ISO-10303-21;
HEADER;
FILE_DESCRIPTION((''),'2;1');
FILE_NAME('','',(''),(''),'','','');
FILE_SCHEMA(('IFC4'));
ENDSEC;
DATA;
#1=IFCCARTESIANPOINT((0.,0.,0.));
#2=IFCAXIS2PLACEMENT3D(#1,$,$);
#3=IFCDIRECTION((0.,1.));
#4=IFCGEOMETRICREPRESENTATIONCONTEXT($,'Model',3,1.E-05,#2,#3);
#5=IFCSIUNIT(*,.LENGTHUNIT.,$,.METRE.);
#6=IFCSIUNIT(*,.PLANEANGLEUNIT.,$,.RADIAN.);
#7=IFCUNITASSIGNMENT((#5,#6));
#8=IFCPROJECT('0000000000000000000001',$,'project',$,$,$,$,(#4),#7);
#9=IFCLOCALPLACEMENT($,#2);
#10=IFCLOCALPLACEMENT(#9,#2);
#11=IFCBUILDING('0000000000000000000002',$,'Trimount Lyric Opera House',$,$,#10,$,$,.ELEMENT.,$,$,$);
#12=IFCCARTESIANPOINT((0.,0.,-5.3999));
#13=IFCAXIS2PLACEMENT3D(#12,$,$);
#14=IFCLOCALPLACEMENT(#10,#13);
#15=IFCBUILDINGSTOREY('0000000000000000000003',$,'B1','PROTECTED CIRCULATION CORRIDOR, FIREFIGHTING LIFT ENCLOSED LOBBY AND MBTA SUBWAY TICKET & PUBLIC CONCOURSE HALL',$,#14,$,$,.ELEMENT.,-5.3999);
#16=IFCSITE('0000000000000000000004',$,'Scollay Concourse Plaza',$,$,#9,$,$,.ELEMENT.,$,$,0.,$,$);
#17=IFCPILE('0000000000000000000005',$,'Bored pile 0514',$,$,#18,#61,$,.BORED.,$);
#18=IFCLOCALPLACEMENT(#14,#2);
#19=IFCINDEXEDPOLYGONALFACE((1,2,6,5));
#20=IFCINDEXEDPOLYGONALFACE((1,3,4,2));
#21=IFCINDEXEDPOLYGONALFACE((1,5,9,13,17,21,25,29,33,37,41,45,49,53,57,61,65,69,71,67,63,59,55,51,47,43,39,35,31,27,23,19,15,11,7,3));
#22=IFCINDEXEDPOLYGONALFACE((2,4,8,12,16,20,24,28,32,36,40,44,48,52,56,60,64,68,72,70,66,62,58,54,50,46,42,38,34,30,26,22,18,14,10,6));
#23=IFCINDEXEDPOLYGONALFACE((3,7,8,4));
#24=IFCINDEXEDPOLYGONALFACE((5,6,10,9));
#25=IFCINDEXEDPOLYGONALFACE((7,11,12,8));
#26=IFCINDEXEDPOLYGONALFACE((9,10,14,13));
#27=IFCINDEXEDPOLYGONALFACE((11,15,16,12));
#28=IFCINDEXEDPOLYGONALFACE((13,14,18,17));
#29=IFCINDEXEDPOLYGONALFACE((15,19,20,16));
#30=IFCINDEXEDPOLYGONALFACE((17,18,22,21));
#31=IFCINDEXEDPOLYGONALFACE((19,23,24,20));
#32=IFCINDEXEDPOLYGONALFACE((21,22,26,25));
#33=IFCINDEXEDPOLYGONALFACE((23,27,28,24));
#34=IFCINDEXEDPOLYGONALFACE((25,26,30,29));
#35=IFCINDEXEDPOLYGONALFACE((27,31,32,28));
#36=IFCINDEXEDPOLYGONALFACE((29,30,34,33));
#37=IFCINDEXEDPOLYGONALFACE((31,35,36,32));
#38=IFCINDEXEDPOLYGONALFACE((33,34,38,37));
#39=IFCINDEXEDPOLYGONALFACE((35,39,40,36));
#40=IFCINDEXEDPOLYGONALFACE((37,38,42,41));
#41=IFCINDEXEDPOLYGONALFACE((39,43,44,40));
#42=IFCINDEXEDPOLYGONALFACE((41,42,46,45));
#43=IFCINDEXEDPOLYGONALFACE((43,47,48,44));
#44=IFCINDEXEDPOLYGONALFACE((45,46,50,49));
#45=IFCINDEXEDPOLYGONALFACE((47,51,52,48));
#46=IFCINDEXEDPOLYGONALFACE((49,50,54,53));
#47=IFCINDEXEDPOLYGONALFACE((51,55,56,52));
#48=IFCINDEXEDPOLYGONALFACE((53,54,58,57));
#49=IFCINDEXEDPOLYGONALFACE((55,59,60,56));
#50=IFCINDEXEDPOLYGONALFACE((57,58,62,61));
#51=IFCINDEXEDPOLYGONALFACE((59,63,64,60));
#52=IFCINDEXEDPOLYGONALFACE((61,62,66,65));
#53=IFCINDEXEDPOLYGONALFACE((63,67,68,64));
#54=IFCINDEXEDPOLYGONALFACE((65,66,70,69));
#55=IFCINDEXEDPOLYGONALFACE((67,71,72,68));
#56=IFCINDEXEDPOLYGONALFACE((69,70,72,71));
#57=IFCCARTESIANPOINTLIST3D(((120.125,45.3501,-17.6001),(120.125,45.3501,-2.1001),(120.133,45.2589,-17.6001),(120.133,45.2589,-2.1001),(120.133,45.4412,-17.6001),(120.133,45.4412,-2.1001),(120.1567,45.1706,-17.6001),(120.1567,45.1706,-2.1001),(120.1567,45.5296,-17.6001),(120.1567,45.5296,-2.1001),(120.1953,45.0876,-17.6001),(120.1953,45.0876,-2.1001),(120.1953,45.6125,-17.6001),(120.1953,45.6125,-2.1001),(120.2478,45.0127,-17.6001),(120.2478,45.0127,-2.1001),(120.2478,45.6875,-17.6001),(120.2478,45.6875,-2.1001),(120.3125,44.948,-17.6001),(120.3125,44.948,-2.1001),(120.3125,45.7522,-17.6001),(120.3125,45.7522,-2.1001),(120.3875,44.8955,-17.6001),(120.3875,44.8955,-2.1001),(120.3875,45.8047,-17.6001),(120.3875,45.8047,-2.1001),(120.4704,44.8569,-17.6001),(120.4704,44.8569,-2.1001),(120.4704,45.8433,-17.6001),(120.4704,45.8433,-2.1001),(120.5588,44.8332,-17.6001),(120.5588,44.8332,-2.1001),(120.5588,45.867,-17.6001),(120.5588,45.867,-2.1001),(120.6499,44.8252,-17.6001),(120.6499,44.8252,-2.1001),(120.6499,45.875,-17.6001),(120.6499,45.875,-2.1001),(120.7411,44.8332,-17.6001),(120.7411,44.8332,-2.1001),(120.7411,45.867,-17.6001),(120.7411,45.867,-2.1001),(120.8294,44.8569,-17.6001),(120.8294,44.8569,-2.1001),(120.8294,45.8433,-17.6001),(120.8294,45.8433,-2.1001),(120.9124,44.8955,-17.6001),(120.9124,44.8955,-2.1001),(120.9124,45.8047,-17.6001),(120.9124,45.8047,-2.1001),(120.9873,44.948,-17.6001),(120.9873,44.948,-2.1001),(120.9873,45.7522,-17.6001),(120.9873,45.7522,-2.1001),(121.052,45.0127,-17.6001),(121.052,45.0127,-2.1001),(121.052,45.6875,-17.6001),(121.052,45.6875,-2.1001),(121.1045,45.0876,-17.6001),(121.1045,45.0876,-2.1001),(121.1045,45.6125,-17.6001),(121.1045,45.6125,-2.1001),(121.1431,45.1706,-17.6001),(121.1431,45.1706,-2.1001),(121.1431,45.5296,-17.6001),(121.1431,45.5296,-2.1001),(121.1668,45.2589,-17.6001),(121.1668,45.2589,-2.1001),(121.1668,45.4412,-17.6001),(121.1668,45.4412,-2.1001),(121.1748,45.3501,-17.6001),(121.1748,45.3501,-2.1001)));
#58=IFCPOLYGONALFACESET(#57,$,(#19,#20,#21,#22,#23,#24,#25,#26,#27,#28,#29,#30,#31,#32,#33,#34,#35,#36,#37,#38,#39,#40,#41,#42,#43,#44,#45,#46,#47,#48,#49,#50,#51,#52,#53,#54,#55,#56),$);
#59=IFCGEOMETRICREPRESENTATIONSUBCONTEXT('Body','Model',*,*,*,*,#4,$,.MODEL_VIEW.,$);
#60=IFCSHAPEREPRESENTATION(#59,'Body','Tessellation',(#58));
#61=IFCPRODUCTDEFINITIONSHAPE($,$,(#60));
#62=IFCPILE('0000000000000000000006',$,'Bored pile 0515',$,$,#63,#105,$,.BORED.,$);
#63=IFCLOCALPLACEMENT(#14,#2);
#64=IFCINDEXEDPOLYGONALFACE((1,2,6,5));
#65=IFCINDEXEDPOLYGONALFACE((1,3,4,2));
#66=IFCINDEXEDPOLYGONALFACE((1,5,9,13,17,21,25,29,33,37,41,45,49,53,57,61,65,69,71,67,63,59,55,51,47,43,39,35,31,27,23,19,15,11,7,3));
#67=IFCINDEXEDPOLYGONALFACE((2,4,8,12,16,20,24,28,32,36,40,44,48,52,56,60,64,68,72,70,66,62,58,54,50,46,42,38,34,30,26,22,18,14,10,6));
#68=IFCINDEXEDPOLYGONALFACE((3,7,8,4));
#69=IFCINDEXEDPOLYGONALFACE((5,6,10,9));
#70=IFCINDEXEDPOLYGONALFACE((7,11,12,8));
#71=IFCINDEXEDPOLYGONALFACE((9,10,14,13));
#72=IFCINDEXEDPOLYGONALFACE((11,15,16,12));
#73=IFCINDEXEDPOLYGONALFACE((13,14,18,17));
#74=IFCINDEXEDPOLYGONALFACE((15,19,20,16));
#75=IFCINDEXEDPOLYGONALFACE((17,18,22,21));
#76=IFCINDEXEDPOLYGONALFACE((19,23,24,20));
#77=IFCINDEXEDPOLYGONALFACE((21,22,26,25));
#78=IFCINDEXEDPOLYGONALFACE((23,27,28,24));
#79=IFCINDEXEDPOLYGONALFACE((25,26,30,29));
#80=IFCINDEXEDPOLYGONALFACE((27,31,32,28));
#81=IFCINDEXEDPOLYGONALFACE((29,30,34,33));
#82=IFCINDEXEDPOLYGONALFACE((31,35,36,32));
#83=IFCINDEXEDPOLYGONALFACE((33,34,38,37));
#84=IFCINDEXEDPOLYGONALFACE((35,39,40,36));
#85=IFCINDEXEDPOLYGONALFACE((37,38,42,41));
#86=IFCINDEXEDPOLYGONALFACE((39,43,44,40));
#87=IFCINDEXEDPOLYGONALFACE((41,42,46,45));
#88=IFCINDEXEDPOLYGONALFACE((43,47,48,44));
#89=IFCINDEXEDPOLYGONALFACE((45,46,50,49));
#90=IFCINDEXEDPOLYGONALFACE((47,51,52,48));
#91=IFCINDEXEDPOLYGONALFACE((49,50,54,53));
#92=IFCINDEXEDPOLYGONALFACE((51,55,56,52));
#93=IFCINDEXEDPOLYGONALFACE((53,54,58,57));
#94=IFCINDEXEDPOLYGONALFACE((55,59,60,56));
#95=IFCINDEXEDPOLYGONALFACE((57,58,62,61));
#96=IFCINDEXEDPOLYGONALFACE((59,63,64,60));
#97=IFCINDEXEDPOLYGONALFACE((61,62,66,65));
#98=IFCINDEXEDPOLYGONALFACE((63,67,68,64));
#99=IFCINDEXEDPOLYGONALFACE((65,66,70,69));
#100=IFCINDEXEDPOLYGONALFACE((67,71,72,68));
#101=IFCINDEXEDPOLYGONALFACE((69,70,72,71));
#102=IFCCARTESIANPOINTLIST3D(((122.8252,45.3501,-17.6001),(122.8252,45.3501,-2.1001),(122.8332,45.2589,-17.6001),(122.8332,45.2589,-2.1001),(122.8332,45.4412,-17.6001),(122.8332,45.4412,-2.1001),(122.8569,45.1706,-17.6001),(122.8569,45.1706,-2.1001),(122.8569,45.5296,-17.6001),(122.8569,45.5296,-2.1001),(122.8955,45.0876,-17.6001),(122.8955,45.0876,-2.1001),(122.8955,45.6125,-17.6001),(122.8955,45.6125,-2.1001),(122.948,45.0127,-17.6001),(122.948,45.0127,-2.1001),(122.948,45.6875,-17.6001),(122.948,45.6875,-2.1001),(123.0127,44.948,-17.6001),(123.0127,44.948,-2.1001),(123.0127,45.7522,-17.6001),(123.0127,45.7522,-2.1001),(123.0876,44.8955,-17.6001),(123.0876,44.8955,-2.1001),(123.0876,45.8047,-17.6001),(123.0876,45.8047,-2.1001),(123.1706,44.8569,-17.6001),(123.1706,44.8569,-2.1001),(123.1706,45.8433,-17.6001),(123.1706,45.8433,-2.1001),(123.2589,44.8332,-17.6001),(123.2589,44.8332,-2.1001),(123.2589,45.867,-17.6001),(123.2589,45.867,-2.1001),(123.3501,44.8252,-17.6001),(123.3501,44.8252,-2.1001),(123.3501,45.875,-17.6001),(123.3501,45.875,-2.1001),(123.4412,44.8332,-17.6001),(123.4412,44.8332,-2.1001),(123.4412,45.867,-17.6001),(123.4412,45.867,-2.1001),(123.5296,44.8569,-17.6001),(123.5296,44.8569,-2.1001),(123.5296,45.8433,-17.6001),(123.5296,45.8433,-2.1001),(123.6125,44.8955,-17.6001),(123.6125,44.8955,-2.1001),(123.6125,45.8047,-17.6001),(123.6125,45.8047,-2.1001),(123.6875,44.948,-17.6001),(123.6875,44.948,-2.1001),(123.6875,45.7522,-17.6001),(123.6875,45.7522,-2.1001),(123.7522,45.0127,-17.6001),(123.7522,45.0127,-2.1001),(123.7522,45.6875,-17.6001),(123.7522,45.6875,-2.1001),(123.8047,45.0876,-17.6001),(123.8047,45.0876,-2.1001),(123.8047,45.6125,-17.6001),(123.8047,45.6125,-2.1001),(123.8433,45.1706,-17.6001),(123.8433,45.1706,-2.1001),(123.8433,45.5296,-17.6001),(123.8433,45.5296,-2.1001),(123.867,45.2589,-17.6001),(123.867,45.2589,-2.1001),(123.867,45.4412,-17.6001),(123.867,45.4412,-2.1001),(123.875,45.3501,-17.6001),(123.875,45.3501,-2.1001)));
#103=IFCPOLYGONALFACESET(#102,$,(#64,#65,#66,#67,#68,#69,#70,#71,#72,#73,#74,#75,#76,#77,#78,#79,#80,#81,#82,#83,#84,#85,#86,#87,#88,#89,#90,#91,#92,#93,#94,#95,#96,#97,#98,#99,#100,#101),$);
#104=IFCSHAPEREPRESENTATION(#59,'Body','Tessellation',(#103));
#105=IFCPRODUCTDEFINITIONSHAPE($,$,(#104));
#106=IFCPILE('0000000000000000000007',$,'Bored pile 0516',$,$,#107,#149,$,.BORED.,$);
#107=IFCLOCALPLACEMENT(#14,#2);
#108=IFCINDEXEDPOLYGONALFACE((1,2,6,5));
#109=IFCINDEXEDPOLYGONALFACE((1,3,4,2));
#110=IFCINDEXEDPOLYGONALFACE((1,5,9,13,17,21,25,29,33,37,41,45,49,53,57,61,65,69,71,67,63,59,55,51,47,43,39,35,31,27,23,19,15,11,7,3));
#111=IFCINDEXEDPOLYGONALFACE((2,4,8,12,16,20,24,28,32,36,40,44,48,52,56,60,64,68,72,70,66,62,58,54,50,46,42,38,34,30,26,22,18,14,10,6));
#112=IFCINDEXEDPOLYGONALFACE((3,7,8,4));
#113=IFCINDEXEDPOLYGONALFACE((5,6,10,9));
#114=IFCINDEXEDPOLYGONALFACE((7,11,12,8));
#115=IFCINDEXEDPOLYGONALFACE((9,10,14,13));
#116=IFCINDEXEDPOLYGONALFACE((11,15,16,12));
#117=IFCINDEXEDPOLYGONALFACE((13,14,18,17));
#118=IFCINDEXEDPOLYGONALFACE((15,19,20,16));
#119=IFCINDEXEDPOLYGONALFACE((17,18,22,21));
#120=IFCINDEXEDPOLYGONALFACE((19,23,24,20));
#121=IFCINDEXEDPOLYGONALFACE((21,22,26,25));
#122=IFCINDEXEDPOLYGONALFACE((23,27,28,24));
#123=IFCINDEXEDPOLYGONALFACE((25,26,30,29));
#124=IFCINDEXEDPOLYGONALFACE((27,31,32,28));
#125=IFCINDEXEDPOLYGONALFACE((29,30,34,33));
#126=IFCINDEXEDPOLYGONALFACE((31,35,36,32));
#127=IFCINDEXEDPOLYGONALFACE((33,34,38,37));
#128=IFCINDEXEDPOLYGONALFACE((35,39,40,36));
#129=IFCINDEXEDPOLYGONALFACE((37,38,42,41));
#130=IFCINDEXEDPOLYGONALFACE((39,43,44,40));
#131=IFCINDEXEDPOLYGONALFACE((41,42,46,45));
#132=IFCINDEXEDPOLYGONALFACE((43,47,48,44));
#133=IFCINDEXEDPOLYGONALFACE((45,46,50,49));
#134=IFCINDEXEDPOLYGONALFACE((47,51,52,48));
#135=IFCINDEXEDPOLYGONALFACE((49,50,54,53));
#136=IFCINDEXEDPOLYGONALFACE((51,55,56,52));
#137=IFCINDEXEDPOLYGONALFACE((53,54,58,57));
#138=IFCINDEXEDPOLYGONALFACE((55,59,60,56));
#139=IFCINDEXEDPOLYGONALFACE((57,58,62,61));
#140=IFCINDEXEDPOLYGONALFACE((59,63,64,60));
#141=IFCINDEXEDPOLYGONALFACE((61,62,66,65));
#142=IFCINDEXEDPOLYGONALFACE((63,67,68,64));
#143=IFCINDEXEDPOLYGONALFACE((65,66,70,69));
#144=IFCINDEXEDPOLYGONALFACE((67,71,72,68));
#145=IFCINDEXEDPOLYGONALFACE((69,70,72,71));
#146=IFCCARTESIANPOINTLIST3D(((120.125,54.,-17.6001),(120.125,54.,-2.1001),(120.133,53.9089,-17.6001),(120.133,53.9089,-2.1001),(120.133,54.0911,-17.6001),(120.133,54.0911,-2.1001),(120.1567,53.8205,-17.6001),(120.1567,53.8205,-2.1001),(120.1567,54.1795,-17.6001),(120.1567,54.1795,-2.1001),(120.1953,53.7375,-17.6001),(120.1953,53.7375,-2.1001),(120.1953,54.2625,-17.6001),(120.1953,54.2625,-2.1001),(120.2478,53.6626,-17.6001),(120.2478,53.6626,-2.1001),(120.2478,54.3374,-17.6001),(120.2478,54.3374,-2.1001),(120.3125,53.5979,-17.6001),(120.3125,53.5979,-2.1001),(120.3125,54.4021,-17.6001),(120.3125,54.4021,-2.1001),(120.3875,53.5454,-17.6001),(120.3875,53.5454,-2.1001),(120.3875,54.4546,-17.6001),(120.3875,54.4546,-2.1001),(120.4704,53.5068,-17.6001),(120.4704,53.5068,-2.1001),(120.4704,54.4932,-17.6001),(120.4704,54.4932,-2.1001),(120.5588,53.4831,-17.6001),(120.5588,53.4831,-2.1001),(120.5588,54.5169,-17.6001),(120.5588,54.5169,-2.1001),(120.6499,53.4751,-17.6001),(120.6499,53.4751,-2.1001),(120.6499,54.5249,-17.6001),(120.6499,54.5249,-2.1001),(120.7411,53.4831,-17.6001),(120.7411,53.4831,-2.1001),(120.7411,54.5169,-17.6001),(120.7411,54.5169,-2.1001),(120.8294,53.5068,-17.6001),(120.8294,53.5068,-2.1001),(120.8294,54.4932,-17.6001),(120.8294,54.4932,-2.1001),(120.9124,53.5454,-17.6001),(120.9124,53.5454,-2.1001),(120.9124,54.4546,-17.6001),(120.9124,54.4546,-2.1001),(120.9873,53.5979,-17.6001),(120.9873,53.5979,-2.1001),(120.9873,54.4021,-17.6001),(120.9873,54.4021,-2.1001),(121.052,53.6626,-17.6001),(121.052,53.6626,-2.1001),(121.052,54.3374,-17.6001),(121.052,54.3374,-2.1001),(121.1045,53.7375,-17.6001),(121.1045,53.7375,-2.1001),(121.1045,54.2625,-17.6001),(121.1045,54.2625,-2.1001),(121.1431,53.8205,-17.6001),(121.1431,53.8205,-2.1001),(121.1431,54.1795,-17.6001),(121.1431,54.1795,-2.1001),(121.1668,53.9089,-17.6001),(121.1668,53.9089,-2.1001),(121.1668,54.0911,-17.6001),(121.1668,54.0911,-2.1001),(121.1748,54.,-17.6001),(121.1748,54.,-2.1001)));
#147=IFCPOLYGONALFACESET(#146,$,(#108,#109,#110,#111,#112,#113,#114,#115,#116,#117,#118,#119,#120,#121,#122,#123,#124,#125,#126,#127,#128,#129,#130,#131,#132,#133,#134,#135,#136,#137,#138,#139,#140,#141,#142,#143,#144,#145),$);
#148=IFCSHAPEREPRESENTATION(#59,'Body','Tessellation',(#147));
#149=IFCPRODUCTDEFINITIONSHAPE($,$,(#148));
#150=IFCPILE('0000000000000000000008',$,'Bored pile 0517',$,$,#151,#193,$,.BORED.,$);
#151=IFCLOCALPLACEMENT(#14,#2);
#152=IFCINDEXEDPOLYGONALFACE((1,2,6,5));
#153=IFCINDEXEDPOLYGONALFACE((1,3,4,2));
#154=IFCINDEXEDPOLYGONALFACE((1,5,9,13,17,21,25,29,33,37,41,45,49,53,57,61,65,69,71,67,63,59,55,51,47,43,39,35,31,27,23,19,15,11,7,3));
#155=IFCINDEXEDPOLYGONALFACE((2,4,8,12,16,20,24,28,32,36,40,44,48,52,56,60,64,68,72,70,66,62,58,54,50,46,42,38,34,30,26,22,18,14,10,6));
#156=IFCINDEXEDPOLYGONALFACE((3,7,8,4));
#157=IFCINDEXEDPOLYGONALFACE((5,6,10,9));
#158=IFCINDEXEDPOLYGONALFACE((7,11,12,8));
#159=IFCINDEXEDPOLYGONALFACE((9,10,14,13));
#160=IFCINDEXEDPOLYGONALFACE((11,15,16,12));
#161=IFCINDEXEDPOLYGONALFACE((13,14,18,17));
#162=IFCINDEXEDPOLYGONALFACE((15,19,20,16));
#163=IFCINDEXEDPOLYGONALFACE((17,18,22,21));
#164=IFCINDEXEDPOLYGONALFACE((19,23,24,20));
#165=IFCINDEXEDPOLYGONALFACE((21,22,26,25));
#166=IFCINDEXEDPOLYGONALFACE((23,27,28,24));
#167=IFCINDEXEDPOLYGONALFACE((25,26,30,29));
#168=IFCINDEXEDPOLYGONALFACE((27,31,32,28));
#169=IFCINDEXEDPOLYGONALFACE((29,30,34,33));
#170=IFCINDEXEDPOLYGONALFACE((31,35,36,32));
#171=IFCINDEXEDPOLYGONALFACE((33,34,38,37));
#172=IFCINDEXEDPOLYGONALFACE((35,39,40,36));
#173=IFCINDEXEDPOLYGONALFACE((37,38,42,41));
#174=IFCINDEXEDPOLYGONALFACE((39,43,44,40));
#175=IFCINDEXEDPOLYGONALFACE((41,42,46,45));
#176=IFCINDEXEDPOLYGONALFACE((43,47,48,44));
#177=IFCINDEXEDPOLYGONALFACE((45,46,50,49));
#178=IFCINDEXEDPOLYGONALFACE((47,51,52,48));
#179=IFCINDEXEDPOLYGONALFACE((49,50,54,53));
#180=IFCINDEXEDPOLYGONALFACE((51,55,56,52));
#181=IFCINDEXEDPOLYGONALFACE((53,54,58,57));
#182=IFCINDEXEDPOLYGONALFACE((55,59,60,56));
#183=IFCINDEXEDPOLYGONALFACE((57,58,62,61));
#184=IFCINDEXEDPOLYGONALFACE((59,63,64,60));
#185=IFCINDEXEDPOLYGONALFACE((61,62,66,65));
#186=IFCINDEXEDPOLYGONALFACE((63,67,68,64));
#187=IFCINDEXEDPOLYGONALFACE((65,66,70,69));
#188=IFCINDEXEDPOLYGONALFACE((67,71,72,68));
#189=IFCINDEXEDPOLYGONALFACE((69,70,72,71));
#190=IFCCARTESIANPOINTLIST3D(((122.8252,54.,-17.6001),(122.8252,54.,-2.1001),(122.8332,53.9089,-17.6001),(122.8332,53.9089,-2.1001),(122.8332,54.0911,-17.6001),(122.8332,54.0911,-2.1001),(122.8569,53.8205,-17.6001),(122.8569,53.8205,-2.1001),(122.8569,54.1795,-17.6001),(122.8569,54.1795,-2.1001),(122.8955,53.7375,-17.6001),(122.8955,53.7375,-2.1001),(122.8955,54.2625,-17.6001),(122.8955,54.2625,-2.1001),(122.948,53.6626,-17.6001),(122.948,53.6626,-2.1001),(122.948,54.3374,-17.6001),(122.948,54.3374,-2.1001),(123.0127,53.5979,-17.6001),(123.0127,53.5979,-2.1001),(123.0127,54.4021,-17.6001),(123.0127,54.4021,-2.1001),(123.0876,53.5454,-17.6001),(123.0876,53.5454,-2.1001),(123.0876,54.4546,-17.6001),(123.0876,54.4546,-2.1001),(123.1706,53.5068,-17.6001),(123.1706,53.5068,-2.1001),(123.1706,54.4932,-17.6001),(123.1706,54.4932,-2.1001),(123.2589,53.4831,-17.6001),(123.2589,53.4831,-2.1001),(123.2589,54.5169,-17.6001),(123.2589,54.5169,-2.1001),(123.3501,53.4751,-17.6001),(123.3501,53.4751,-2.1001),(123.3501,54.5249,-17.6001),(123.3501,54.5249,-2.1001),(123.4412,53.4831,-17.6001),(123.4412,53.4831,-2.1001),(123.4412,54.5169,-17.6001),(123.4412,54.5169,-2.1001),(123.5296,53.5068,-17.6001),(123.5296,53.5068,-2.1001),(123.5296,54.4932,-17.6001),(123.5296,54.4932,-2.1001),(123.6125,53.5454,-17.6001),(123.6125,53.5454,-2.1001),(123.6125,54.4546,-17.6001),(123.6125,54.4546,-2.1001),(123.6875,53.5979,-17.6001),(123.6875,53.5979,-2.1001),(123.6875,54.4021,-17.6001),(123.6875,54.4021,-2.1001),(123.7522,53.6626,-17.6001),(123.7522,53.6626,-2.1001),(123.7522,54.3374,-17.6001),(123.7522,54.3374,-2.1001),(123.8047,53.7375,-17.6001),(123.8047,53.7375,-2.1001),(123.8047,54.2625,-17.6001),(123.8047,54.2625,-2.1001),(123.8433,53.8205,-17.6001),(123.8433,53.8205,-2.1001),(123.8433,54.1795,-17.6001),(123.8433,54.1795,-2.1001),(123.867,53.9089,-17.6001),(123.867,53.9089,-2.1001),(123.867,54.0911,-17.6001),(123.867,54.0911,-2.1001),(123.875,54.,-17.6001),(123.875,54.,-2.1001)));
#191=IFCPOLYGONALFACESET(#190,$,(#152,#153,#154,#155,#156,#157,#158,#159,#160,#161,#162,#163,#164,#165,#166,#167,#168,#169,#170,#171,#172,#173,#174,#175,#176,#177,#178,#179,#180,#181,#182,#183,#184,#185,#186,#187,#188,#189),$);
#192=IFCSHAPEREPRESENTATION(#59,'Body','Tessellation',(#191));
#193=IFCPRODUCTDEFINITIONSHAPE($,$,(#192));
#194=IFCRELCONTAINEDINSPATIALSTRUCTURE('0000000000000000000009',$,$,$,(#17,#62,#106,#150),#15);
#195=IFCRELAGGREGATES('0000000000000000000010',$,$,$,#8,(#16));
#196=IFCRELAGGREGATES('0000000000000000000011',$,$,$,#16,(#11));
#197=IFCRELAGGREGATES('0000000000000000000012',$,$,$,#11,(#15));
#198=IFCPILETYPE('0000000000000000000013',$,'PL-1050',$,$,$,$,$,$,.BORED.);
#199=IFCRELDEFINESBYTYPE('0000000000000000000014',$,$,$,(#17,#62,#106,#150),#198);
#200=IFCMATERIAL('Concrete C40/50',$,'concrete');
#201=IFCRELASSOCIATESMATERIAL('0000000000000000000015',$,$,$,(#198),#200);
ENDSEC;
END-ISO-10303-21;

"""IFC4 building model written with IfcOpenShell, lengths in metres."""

from ifc_helpers import new_model, si_unit, direction, frame, origin, origin_2d, place, context, subcontext, project, spatial, circle, extrude, material, material_profile, profile_set, type_object, element, save


model = new_model("IFC4")

# Units and contexts
model_context = context("Model", 3, precision=1e-05, world=origin(), true_north=direction((0.0, 1.0)))
body_context = subcontext(model_context, "Body", "Model", "MODEL_VIEW")
ifc_project = project(units=[si_unit("LENGTHUNIT", "METRE"), si_unit("PLANEANGLEUNIT", "RADIAN")], contexts=[model_context])

# Site, building, storey
site_placement = place(None, origin())
site = spatial("IfcSite", under=ifc_project, at=site_placement, Name="Scollay Concourse Plaza", CompositionType="ELEMENT", RefElevation=0.0)
building_placement = place(site_placement, origin())
building = spatial("IfcBuilding", under=site, at=building_placement, Name="Trimount Lyric Opera House", CompositionType="ELEMENT")
storey_placement = place(building_placement, frame((0.0, 0.0, -5.3999)))
storey = spatial("IfcBuildingStorey", under=building, at=storey_placement, Name="B1", Description="PROTECTED CIRCULATION CORRIDOR, FIREFIGHTING LIFT ENCLOSED LOBBY AND MBTA SUBWAY TICKET & PUBLIC CONCOURSE HALL", CompositionType="ELEMENT", Elevation=-5.3999)

# Piles
ifc_material_1 = material(Name="Concrete C40/50", Category="concrete")
ifc_material_profile_1 = material_profile(ifc_material_1, circle(Radius=0.5249, at=origin_2d()), Name="PILE-D1050")
ifc_profile_set_1 = profile_set([ifc_material_profile_1], Name="Concrete C40/50")
pile_type_1 = type_object("IfcPileType", Name="PL-1050", PredefinedType="BORED", material=ifc_profile_set_1)
for number, where, z_axis, x_axis, name in (
    (1, (120.6499, 45.3501, -2.1001), (0.0, 0.0, -1.0), (1.0, 0.0, 0.0), "Bored pile 0514"),
    (2, (123.3501, 45.3501, -2.1001), (0.0, 0.0, -1.0), (1.0, 0.0, 0.0), "Bored pile 0515"),
    (3, (120.6499, 54.0, -2.1001), (0.0, 0.0, -1.0), (1.0, 0.0, 0.0), "Bored pile 0516"),
    (4, (123.3501, 54.0, -2.1001), (0.0, 0.0, -1.0), (1.0, 0.0, 0.0), "Bored pile 0517"),
):
    element("IfcPile", number, at=place(storey_placement, frame(where, z_axis=z_axis, x_axis=x_axis)), inside=storey, type_object=pile_type_1, Name=name, PredefinedType="BORED", context=body_context, shape_type="SweptSolid", body=[
        extrude(circle(Radius=0.5249, at=origin_2d()), origin(), (0.0, 0.0, 1.0), 15.5),
    ])

save(model, "model.ifc")
